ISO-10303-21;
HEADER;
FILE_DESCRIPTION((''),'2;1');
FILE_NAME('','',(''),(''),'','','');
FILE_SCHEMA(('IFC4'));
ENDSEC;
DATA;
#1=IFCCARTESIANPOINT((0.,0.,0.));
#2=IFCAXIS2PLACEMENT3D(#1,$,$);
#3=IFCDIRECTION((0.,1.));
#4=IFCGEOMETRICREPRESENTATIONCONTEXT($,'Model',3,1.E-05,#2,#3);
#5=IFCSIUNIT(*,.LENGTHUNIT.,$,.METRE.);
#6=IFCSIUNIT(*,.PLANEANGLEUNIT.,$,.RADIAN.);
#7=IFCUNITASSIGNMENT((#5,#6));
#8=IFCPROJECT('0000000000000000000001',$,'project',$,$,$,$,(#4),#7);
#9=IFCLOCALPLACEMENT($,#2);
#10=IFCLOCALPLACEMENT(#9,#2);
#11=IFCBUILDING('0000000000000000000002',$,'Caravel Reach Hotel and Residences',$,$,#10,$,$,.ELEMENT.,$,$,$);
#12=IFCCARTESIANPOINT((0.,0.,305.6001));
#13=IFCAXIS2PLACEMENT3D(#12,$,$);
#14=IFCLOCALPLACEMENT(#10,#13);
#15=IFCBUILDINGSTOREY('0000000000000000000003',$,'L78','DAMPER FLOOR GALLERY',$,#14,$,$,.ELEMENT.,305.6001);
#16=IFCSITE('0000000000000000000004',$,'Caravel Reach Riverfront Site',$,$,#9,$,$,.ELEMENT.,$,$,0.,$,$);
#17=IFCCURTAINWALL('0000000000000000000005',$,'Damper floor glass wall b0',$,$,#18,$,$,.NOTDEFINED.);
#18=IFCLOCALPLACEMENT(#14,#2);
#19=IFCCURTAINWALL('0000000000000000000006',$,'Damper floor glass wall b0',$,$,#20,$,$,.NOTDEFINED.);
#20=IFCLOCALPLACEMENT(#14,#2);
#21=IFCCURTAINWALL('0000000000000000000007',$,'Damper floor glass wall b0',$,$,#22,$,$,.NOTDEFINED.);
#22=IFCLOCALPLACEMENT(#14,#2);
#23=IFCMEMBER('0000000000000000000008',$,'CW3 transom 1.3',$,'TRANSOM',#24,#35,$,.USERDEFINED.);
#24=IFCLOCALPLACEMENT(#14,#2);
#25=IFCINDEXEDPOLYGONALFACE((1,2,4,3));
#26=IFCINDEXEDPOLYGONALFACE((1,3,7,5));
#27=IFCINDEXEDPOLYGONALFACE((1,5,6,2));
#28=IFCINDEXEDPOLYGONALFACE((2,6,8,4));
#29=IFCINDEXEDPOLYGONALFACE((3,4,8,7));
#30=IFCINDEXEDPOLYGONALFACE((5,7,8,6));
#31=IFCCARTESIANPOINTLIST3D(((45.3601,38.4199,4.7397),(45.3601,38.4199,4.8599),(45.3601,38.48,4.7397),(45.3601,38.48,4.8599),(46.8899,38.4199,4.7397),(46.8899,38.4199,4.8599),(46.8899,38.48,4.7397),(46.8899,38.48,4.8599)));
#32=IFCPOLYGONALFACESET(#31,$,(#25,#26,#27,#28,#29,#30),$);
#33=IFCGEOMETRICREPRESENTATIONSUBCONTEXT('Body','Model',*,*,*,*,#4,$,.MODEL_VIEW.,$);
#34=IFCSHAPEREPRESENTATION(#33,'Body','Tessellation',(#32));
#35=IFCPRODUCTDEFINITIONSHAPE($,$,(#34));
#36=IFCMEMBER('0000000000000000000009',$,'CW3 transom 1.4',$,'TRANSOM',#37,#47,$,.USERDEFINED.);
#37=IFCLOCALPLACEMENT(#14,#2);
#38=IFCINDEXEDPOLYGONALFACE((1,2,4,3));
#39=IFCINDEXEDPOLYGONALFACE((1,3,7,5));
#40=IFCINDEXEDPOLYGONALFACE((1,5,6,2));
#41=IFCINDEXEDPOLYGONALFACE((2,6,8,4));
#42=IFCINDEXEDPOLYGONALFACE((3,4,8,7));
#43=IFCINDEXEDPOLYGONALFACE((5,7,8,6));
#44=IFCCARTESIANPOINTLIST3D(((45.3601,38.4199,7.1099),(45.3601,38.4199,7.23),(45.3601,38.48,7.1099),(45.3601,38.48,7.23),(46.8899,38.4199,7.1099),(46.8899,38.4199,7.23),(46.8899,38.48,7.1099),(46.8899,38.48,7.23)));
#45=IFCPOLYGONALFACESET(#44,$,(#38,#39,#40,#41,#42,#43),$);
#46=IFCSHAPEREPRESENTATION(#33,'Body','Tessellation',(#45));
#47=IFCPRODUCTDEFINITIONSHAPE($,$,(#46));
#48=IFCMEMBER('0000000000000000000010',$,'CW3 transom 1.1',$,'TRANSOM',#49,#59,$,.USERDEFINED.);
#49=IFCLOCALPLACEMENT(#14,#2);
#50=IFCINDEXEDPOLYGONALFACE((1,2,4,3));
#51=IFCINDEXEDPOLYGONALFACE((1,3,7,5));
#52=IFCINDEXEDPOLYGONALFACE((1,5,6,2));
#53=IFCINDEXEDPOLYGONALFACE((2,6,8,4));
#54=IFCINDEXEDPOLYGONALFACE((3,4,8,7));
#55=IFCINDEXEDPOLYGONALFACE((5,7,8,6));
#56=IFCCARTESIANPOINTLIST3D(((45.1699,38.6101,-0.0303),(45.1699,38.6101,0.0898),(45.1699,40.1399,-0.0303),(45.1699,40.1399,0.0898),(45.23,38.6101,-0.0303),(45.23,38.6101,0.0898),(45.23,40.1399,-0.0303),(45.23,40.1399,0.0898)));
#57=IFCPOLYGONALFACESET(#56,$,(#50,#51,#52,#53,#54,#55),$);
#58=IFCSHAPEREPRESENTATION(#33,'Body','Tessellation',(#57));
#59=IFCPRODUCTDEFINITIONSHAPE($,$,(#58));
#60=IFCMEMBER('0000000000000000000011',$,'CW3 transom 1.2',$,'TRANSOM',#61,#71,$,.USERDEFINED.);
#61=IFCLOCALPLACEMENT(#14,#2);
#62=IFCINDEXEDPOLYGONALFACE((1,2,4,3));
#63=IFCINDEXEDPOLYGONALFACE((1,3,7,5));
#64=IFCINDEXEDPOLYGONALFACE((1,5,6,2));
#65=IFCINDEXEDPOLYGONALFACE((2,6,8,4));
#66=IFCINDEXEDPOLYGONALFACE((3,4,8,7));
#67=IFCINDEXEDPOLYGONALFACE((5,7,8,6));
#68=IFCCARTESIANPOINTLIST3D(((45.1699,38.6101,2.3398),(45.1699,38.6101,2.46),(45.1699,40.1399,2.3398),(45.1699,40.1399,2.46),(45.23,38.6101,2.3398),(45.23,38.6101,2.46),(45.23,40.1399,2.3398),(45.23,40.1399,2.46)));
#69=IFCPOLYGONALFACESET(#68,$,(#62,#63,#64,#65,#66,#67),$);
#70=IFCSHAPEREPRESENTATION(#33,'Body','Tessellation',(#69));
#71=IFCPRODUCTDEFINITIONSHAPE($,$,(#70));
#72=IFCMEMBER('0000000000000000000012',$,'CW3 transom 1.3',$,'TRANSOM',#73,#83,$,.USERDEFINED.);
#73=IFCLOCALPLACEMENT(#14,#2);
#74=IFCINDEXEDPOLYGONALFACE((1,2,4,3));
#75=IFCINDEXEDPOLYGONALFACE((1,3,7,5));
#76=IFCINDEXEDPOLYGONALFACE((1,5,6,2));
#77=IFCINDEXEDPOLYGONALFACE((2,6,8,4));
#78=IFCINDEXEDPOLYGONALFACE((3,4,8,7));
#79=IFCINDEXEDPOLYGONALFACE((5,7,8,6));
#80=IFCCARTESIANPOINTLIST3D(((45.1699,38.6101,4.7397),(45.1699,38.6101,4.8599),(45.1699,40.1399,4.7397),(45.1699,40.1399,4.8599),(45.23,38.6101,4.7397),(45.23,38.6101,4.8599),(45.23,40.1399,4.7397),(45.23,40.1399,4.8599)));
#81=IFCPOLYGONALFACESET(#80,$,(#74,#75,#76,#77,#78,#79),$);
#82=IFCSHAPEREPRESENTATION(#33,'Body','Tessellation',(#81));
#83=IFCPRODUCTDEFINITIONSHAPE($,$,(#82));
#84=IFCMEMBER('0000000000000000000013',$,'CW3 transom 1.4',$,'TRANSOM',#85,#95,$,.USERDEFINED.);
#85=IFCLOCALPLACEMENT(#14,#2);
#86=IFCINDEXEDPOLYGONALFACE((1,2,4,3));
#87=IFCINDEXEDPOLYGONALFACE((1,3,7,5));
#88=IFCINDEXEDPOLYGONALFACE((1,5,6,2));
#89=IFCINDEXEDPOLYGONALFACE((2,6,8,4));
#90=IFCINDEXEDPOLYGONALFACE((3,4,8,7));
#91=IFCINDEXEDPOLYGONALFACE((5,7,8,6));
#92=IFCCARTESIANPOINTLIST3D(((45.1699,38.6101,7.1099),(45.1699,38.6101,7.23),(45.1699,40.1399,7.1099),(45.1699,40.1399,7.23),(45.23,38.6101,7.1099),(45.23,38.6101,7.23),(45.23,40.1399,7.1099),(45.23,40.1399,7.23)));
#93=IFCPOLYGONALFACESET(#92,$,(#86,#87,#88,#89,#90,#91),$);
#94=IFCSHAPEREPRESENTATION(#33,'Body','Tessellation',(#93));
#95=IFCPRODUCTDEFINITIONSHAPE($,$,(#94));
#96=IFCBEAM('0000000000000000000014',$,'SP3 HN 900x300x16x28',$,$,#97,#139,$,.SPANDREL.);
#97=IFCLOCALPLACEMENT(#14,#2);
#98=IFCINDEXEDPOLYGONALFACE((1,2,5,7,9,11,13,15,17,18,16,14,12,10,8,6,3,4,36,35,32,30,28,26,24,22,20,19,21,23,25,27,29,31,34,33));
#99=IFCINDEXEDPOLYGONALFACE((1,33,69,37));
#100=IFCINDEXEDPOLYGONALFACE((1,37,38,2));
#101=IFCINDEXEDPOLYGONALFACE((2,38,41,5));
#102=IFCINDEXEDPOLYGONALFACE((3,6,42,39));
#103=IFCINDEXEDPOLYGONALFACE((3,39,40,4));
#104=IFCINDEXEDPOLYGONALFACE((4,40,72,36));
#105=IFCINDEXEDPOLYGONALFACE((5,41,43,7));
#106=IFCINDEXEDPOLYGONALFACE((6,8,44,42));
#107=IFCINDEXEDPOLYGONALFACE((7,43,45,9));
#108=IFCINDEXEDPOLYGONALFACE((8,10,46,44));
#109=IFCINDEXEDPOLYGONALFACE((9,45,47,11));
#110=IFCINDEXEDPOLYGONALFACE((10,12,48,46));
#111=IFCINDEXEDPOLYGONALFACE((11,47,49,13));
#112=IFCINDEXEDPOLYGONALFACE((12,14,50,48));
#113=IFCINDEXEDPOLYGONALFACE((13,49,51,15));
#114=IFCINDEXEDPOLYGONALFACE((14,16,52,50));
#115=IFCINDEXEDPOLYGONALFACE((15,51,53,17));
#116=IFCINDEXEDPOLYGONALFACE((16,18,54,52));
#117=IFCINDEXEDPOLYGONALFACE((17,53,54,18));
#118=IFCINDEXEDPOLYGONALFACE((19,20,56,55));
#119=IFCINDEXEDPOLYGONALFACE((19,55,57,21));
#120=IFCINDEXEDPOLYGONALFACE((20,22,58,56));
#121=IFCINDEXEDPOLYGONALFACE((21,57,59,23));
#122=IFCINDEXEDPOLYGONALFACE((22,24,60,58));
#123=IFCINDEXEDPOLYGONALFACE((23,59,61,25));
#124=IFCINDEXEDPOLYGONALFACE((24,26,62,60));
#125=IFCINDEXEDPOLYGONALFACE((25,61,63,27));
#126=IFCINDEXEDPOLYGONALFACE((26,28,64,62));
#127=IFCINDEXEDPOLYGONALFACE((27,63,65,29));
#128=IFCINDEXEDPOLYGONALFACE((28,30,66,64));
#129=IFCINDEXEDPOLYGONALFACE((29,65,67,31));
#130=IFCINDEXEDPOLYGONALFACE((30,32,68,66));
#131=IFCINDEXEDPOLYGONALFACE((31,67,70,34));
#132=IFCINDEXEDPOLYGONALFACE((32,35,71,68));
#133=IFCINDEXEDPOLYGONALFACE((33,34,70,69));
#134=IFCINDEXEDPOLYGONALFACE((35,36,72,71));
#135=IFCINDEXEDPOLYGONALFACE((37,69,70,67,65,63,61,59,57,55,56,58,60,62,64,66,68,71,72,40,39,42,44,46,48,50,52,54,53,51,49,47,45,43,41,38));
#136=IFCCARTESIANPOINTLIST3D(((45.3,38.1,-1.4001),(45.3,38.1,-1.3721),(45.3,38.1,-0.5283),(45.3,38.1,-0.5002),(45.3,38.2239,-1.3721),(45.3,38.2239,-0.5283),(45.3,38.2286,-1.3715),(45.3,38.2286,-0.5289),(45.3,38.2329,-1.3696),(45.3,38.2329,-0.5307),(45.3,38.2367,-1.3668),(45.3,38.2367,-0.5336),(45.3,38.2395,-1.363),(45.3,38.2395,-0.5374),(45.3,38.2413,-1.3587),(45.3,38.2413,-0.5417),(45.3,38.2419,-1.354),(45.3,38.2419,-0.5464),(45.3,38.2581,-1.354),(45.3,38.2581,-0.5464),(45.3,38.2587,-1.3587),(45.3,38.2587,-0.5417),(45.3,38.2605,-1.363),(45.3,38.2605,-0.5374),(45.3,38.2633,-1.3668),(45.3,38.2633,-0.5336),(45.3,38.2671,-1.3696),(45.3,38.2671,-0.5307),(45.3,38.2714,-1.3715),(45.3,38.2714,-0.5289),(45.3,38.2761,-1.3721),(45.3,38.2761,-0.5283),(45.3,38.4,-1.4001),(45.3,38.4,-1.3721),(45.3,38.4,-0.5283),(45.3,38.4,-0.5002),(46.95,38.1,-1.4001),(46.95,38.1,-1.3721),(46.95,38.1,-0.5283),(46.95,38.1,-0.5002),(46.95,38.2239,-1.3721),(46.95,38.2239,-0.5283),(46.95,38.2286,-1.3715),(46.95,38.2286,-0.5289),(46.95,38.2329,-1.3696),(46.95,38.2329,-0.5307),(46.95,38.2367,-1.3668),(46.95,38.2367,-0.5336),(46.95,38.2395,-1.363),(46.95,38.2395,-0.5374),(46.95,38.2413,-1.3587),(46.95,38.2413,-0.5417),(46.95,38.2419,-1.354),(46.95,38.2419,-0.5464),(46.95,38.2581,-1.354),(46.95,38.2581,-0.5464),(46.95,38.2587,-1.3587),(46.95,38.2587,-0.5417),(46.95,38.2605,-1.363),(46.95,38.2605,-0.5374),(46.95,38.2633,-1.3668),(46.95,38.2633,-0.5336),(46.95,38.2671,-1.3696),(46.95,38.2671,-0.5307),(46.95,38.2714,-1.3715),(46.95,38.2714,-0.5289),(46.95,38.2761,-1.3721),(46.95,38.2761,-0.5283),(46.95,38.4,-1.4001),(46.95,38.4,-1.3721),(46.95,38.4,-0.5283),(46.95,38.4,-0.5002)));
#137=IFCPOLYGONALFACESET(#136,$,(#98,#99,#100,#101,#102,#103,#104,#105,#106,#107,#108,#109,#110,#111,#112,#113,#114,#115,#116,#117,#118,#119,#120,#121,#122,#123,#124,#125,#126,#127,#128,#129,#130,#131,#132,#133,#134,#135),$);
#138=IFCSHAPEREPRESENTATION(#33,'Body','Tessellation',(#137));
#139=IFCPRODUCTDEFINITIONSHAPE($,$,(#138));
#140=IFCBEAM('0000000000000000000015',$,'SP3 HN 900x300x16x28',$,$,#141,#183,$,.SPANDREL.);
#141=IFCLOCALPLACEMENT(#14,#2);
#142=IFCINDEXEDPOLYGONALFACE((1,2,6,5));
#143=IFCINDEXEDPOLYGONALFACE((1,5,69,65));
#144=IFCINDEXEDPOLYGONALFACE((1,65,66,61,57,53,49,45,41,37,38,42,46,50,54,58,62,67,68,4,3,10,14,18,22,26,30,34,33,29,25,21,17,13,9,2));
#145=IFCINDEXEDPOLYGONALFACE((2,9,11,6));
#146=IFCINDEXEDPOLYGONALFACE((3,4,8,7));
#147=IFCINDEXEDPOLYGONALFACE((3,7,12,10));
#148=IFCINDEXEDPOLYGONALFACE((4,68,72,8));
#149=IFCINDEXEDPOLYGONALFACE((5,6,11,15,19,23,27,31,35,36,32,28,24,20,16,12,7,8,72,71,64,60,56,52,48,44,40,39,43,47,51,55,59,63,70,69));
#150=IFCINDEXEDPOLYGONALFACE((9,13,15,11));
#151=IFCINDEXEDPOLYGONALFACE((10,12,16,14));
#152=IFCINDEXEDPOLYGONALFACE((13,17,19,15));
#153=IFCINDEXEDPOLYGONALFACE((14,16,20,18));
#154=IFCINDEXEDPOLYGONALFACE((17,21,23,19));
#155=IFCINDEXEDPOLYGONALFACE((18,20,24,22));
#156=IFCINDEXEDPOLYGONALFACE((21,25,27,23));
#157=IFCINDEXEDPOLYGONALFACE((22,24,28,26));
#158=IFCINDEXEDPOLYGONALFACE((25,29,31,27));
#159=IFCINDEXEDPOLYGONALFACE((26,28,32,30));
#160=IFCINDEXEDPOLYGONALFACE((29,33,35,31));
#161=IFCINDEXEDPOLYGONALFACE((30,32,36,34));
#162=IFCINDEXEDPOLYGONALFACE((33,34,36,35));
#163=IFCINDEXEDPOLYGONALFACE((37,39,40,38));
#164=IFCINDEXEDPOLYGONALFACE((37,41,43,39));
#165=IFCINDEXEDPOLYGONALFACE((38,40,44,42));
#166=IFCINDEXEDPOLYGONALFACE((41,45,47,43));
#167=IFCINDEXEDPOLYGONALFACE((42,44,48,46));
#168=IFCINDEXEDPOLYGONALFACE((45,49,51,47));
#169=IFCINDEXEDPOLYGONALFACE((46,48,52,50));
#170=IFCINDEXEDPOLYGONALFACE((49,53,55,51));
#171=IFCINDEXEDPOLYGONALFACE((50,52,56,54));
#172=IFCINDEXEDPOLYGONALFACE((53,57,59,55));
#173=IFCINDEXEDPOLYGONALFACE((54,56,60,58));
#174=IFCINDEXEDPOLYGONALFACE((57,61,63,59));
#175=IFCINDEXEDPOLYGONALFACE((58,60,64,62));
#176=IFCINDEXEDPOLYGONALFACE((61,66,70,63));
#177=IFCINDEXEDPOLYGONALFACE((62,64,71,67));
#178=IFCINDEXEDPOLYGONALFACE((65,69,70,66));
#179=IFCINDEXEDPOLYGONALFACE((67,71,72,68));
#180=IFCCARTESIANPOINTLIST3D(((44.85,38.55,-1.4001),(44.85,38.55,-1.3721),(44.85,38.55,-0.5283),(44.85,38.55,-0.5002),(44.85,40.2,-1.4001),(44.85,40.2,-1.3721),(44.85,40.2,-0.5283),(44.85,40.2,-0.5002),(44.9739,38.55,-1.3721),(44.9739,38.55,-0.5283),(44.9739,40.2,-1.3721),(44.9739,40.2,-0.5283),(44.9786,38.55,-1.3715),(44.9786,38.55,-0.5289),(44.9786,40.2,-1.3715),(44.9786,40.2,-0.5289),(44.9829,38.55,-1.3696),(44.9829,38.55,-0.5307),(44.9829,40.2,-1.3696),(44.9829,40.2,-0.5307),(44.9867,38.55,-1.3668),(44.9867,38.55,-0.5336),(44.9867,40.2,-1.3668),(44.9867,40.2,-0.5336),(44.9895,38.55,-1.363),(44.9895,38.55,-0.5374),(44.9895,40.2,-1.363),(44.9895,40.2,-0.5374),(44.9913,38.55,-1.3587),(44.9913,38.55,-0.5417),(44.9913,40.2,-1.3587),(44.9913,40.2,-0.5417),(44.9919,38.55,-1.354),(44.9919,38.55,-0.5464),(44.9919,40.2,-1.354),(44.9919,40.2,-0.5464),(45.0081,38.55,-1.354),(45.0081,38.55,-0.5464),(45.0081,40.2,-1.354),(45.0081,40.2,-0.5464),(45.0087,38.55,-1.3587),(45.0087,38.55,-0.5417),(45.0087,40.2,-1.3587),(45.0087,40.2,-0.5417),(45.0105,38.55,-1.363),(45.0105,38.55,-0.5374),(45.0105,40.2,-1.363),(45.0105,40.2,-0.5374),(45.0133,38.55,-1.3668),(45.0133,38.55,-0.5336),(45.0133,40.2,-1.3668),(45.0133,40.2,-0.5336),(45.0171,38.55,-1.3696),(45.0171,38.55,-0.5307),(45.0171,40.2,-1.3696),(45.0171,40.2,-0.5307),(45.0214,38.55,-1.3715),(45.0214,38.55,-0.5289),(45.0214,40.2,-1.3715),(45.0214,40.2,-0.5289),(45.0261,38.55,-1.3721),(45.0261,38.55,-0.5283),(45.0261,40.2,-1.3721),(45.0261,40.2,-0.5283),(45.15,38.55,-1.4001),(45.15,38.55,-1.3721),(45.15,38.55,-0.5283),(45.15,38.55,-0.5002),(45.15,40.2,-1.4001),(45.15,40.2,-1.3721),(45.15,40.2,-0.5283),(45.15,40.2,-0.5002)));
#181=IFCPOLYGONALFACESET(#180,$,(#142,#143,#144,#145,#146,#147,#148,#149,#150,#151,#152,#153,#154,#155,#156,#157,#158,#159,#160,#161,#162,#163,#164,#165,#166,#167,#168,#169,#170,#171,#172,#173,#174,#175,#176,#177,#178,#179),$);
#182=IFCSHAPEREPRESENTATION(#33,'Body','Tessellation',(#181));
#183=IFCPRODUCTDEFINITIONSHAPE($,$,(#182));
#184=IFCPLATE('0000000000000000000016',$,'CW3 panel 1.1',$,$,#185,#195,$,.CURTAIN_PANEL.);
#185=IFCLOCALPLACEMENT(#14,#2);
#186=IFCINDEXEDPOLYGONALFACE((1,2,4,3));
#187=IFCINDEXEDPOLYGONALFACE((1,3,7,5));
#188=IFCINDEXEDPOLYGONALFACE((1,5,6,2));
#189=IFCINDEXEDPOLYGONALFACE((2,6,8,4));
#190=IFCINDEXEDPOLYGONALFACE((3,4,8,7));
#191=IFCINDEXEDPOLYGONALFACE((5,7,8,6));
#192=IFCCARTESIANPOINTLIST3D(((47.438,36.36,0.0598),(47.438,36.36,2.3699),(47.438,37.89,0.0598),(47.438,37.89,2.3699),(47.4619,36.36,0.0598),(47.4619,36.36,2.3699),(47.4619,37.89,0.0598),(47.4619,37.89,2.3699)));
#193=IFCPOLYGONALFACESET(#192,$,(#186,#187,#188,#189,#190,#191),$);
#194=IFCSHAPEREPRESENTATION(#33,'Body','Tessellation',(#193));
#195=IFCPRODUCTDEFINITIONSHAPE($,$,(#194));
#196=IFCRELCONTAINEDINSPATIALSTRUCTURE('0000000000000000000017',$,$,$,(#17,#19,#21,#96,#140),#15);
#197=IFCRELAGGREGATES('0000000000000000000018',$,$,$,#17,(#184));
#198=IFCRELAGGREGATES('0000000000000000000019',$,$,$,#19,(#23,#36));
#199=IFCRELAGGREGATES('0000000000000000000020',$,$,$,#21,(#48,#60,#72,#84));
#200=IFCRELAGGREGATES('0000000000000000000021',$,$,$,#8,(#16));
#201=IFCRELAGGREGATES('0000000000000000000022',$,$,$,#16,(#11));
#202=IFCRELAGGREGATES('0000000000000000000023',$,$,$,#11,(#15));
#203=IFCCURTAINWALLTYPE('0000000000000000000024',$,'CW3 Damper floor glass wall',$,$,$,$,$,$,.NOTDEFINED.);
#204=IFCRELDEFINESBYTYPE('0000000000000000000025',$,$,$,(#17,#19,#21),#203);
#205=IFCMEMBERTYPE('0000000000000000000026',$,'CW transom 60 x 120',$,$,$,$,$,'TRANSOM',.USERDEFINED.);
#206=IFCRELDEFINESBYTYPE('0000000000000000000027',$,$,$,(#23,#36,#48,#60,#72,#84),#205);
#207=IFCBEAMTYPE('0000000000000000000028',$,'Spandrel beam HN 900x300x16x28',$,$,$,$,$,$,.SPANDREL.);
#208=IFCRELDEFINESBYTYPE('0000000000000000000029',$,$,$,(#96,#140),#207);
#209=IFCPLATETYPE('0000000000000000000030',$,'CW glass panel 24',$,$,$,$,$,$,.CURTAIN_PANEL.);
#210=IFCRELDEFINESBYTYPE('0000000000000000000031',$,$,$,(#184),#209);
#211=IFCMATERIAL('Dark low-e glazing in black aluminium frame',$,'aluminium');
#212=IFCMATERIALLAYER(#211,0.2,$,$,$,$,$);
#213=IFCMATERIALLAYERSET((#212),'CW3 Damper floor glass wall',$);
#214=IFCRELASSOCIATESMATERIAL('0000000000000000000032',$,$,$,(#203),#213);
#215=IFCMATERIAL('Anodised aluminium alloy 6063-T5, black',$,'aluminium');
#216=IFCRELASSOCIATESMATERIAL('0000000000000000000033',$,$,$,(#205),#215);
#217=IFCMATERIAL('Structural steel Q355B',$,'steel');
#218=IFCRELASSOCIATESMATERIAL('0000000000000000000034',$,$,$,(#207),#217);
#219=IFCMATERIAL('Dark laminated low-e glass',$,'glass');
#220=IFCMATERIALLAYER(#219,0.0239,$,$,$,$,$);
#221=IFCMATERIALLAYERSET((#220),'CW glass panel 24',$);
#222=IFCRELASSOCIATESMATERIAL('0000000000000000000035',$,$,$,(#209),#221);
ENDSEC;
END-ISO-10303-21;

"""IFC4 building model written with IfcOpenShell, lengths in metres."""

from ifc_helpers import new_model, si_unit, direction, frame, origin, origin_2d, place, context, subcontext, project, spatial, rectangle, i_section, extrude, material, layer, layer_set, material_profile, profile_set, type_object, element, aggregate, save


model = new_model("IFC4")

# Units and contexts
model_context = context("Model", 3, precision=1e-05, world=origin(), true_north=direction((0.0, 1.0)))
body_context = subcontext(model_context, "Body", "Model", "MODEL_VIEW")
ifc_project = project(units=[si_unit("LENGTHUNIT", "METRE"), si_unit("PLANEANGLEUNIT", "RADIAN")], contexts=[model_context])

# Site, building, storey
site_placement = place(None, origin())
site = spatial("IfcSite", under=ifc_project, at=site_placement, Name="Caravel Reach Riverfront Site", CompositionType="ELEMENT", RefElevation=0.0)
building_placement = place(site_placement, origin())
building = spatial("IfcBuilding", under=site, at=building_placement, Name="Caravel Reach Hotel and Residences", CompositionType="ELEMENT")
storey_placement = place(building_placement, frame((0.0, 0.0, 305.6001)))
storey = spatial("IfcBuildingStorey", under=building, at=storey_placement, Name="L78", Description="DAMPER FLOOR GALLERY", CompositionType="ELEMENT", Elevation=305.6001)

# Curtain walls
ifc_material_1 = material(Name="Dark low-e glazing in black aluminium frame", Category="aluminium")
ifc_layer_1 = layer(ifc_material_1, 0.2)
ifc_layer_set_1 = layer_set([ifc_layer_1], Name="CW3 Damper floor glass wall")
curtain_wall_type = type_object("IfcCurtainWallType", Name="CW3 Damper floor glass wall", PredefinedType="NOTDEFINED", material=ifc_layer_set_1)
curtain_wall_1_placement = place(storey_placement, origin())
curtain_wall_1 = element("IfcCurtainWall", 1, at=curtain_wall_1_placement, inside=storey, type_object=curtain_wall_type, Name="Damper floor glass wall b0", PredefinedType="NOTDEFINED")
curtain_wall_2_placement = place(storey_placement, origin())
curtain_wall_2 = element("IfcCurtainWall", 2, at=curtain_wall_2_placement, inside=storey, type_object=curtain_wall_type, Name="Damper floor glass wall b0", PredefinedType="NOTDEFINED")
curtain_wall_3_placement = place(storey_placement, origin())
curtain_wall_3 = element("IfcCurtainWall", 3, at=curtain_wall_3_placement, inside=storey, type_object=curtain_wall_type, Name="Damper floor glass wall b0", PredefinedType="NOTDEFINED")

# Members
ifc_material_2 = material(Name="Anodised aluminium alloy 6063-T5, black", Category="aluminium")
ifc_material_profile_1 = material_profile(ifc_material_2, rectangle(XDim=0.0601, YDim=0.1201, at=origin_2d()), Name="CW transom 60 x 120")
ifc_profile_set_1 = profile_set([ifc_material_profile_1], Name="Anodised aluminium alloy 6063-T5, black")
member_type_1 = type_object("IfcMemberType", Name="CW transom 60 x 120", ElementType="TRANSOM", PredefinedType="USERDEFINED", material=ifc_profile_set_1)
member_1_placement = place(storey_placement, frame((46.8899, 38.45, 4.7998), z_axis=(-1.0, 0.0, 0.0), x_axis=(0.0, -1.0, 0.0)))
member_1 = element("IfcMember", 4, at=member_1_placement, type_object=member_type_1, Name="CW3 transom 1.3", ObjectType="TRANSOM", PredefinedType="USERDEFINED", context=body_context, shape_type="SweptSolid", body=[
    extrude(rectangle(XDim=0.0601, YDim=0.1201, at=origin_2d()), origin(), (0.0, 0.0, 1.0), 1.5298),
])
member_2_placement = place(storey_placement, frame((46.8899, 38.45, 7.1699), z_axis=(-1.0, 0.0, 0.0), x_axis=(0.0, -1.0, 0.0)))
member_2 = element("IfcMember", 5, at=member_2_placement, type_object=member_type_1, Name="CW3 transom 1.4", ObjectType="TRANSOM", PredefinedType="USERDEFINED", context=body_context, shape_type="SweptSolid", body=[
    extrude(rectangle(XDim=0.0601, YDim=0.1201, at=origin_2d()), origin(), (0.0, 0.0, 1.0), 1.5298),
])
member_3_placement = place(storey_placement, frame((45.2, 38.6101, 0.0298), z_axis=(0.0, 1.0, 0.0), x_axis=(-1.0, 0.0, 0.0)))
member_3 = element("IfcMember", 6, at=member_3_placement, type_object=member_type_1, Name="CW3 transom 1.1", ObjectType="TRANSOM", PredefinedType="USERDEFINED", context=body_context, shape_type="SweptSolid", body=[
    extrude(rectangle(XDim=0.0601, YDim=0.1201, at=origin_2d()), origin(), (0.0, 0.0, 1.0), 1.5298),
])
member_4_placement = place(storey_placement, frame((45.2, 38.6101, 2.3999), z_axis=(0.0, 1.0, 0.0), x_axis=(-1.0, 0.0, 0.0)))
member_4 = element("IfcMember", 7, at=member_4_placement, type_object=member_type_1, Name="CW3 transom 1.2", ObjectType="TRANSOM", PredefinedType="USERDEFINED", context=body_context, shape_type="SweptSolid", body=[
    extrude(rectangle(XDim=0.0601, YDim=0.1201, at=origin_2d()), origin(), (0.0, 0.0, 1.0), 1.5298),
])
member_5_placement = place(storey_placement, frame((45.2, 38.6101, 4.7998), z_axis=(0.0, 1.0, 0.0), x_axis=(-1.0, 0.0, 0.0)))
member_5 = element("IfcMember", 8, at=member_5_placement, type_object=member_type_1, Name="CW3 transom 1.3", ObjectType="TRANSOM", PredefinedType="USERDEFINED", context=body_context, shape_type="SweptSolid", body=[
    extrude(rectangle(XDim=0.0601, YDim=0.1201, at=origin_2d()), origin(), (0.0, 0.0, 1.0), 1.5298),
])
member_6_placement = place(storey_placement, frame((45.2, 38.6101, 7.1699), z_axis=(0.0, 1.0, 0.0), x_axis=(-1.0, 0.0, 0.0)))
member_6 = element("IfcMember", 9, at=member_6_placement, type_object=member_type_1, Name="CW3 transom 1.4", ObjectType="TRANSOM", PredefinedType="USERDEFINED", context=body_context, shape_type="SweptSolid", body=[
    extrude(rectangle(XDim=0.0601, YDim=0.1201, at=origin_2d()), origin(), (0.0, 0.0, 1.0), 1.5298),
])

# Beams
ifc_material_3 = material(Name="Structural steel Q355B", Category="steel")
ifc_material_profile_2 = material_profile(ifc_material_3, i_section(OverallWidth=0.3, OverallDepth=0.8999, WebThickness=0.0161, FlangeThickness=0.0281, FilletRadius=0.0181, at=origin_2d()), Name="HN 900x300x16x28")
ifc_profile_set_2 = profile_set([ifc_material_profile_2], Name="Structural steel Q355B")
beam_type = type_object("IfcBeamType", Name="Spandrel beam HN 900x300x16x28", PredefinedType="SPANDREL", material=ifc_profile_set_2)
for number, where, z_axis, x_axis, name in (
    (10, (46.95, 38.25, -0.9502), (-1.0, 0.0, 0.0), (0.0, -1.0, 0.0), "SP3 HN 900x300x16x28"),
    (11, (45.0, 38.55, -0.9502), (0.0, 1.0, 0.0), (-1.0, 0.0, 0.0), "SP3 HN 900x300x16x28"),
):
    element("IfcBeam", number, at=place(storey_placement, frame(where, z_axis=z_axis, x_axis=x_axis)), inside=storey, type_object=beam_type, Name=name, PredefinedType="SPANDREL", context=body_context, shape_type="SweptSolid", body=[
        extrude(i_section(OverallWidth=0.3, OverallDepth=0.8999, WebThickness=0.0161, FlangeThickness=0.0281, FilletRadius=0.0181, at=origin_2d()), origin(), (0.0, 0.0, 1.0), 1.6499),
    ])

# Plate
ifc_material_4 = material(Name="Dark laminated low-e glass", Category="glass")
ifc_layer_2 = layer(ifc_material_4, 0.0239)
ifc_layer_set_2 = layer_set([ifc_layer_2], Name="CW glass panel 24")
plate_type = type_object("IfcPlateType", Name="CW glass panel 24", PredefinedType="CURTAIN_PANEL", material=ifc_layer_set_2)
plate_1_placement = place(storey_placement, frame((47.45, 37.125, 0.0598), z_axis=(0.0, 0.0, 1.0), x_axis=(0.0, 1.0, 0.0)))
plate_1 = element("IfcPlate", 12, at=plate_1_placement, type_object=plate_type, Name="CW3 panel 1.1", PredefinedType="CURTAIN_PANEL", context=body_context, shape_type="SweptSolid", body=[
    extrude(rectangle(XDim=1.53, YDim=0.0239, at=origin_2d()), origin(), (0.0, 0.0, 1.0), 2.3101),
])
aggregate(curtain_wall_1, [plate_1])
aggregate(curtain_wall_2, [member_1, member_2])
aggregate(curtain_wall_3, [member_3, member_4, member_5, member_6])

save(model, "model.ifc")
